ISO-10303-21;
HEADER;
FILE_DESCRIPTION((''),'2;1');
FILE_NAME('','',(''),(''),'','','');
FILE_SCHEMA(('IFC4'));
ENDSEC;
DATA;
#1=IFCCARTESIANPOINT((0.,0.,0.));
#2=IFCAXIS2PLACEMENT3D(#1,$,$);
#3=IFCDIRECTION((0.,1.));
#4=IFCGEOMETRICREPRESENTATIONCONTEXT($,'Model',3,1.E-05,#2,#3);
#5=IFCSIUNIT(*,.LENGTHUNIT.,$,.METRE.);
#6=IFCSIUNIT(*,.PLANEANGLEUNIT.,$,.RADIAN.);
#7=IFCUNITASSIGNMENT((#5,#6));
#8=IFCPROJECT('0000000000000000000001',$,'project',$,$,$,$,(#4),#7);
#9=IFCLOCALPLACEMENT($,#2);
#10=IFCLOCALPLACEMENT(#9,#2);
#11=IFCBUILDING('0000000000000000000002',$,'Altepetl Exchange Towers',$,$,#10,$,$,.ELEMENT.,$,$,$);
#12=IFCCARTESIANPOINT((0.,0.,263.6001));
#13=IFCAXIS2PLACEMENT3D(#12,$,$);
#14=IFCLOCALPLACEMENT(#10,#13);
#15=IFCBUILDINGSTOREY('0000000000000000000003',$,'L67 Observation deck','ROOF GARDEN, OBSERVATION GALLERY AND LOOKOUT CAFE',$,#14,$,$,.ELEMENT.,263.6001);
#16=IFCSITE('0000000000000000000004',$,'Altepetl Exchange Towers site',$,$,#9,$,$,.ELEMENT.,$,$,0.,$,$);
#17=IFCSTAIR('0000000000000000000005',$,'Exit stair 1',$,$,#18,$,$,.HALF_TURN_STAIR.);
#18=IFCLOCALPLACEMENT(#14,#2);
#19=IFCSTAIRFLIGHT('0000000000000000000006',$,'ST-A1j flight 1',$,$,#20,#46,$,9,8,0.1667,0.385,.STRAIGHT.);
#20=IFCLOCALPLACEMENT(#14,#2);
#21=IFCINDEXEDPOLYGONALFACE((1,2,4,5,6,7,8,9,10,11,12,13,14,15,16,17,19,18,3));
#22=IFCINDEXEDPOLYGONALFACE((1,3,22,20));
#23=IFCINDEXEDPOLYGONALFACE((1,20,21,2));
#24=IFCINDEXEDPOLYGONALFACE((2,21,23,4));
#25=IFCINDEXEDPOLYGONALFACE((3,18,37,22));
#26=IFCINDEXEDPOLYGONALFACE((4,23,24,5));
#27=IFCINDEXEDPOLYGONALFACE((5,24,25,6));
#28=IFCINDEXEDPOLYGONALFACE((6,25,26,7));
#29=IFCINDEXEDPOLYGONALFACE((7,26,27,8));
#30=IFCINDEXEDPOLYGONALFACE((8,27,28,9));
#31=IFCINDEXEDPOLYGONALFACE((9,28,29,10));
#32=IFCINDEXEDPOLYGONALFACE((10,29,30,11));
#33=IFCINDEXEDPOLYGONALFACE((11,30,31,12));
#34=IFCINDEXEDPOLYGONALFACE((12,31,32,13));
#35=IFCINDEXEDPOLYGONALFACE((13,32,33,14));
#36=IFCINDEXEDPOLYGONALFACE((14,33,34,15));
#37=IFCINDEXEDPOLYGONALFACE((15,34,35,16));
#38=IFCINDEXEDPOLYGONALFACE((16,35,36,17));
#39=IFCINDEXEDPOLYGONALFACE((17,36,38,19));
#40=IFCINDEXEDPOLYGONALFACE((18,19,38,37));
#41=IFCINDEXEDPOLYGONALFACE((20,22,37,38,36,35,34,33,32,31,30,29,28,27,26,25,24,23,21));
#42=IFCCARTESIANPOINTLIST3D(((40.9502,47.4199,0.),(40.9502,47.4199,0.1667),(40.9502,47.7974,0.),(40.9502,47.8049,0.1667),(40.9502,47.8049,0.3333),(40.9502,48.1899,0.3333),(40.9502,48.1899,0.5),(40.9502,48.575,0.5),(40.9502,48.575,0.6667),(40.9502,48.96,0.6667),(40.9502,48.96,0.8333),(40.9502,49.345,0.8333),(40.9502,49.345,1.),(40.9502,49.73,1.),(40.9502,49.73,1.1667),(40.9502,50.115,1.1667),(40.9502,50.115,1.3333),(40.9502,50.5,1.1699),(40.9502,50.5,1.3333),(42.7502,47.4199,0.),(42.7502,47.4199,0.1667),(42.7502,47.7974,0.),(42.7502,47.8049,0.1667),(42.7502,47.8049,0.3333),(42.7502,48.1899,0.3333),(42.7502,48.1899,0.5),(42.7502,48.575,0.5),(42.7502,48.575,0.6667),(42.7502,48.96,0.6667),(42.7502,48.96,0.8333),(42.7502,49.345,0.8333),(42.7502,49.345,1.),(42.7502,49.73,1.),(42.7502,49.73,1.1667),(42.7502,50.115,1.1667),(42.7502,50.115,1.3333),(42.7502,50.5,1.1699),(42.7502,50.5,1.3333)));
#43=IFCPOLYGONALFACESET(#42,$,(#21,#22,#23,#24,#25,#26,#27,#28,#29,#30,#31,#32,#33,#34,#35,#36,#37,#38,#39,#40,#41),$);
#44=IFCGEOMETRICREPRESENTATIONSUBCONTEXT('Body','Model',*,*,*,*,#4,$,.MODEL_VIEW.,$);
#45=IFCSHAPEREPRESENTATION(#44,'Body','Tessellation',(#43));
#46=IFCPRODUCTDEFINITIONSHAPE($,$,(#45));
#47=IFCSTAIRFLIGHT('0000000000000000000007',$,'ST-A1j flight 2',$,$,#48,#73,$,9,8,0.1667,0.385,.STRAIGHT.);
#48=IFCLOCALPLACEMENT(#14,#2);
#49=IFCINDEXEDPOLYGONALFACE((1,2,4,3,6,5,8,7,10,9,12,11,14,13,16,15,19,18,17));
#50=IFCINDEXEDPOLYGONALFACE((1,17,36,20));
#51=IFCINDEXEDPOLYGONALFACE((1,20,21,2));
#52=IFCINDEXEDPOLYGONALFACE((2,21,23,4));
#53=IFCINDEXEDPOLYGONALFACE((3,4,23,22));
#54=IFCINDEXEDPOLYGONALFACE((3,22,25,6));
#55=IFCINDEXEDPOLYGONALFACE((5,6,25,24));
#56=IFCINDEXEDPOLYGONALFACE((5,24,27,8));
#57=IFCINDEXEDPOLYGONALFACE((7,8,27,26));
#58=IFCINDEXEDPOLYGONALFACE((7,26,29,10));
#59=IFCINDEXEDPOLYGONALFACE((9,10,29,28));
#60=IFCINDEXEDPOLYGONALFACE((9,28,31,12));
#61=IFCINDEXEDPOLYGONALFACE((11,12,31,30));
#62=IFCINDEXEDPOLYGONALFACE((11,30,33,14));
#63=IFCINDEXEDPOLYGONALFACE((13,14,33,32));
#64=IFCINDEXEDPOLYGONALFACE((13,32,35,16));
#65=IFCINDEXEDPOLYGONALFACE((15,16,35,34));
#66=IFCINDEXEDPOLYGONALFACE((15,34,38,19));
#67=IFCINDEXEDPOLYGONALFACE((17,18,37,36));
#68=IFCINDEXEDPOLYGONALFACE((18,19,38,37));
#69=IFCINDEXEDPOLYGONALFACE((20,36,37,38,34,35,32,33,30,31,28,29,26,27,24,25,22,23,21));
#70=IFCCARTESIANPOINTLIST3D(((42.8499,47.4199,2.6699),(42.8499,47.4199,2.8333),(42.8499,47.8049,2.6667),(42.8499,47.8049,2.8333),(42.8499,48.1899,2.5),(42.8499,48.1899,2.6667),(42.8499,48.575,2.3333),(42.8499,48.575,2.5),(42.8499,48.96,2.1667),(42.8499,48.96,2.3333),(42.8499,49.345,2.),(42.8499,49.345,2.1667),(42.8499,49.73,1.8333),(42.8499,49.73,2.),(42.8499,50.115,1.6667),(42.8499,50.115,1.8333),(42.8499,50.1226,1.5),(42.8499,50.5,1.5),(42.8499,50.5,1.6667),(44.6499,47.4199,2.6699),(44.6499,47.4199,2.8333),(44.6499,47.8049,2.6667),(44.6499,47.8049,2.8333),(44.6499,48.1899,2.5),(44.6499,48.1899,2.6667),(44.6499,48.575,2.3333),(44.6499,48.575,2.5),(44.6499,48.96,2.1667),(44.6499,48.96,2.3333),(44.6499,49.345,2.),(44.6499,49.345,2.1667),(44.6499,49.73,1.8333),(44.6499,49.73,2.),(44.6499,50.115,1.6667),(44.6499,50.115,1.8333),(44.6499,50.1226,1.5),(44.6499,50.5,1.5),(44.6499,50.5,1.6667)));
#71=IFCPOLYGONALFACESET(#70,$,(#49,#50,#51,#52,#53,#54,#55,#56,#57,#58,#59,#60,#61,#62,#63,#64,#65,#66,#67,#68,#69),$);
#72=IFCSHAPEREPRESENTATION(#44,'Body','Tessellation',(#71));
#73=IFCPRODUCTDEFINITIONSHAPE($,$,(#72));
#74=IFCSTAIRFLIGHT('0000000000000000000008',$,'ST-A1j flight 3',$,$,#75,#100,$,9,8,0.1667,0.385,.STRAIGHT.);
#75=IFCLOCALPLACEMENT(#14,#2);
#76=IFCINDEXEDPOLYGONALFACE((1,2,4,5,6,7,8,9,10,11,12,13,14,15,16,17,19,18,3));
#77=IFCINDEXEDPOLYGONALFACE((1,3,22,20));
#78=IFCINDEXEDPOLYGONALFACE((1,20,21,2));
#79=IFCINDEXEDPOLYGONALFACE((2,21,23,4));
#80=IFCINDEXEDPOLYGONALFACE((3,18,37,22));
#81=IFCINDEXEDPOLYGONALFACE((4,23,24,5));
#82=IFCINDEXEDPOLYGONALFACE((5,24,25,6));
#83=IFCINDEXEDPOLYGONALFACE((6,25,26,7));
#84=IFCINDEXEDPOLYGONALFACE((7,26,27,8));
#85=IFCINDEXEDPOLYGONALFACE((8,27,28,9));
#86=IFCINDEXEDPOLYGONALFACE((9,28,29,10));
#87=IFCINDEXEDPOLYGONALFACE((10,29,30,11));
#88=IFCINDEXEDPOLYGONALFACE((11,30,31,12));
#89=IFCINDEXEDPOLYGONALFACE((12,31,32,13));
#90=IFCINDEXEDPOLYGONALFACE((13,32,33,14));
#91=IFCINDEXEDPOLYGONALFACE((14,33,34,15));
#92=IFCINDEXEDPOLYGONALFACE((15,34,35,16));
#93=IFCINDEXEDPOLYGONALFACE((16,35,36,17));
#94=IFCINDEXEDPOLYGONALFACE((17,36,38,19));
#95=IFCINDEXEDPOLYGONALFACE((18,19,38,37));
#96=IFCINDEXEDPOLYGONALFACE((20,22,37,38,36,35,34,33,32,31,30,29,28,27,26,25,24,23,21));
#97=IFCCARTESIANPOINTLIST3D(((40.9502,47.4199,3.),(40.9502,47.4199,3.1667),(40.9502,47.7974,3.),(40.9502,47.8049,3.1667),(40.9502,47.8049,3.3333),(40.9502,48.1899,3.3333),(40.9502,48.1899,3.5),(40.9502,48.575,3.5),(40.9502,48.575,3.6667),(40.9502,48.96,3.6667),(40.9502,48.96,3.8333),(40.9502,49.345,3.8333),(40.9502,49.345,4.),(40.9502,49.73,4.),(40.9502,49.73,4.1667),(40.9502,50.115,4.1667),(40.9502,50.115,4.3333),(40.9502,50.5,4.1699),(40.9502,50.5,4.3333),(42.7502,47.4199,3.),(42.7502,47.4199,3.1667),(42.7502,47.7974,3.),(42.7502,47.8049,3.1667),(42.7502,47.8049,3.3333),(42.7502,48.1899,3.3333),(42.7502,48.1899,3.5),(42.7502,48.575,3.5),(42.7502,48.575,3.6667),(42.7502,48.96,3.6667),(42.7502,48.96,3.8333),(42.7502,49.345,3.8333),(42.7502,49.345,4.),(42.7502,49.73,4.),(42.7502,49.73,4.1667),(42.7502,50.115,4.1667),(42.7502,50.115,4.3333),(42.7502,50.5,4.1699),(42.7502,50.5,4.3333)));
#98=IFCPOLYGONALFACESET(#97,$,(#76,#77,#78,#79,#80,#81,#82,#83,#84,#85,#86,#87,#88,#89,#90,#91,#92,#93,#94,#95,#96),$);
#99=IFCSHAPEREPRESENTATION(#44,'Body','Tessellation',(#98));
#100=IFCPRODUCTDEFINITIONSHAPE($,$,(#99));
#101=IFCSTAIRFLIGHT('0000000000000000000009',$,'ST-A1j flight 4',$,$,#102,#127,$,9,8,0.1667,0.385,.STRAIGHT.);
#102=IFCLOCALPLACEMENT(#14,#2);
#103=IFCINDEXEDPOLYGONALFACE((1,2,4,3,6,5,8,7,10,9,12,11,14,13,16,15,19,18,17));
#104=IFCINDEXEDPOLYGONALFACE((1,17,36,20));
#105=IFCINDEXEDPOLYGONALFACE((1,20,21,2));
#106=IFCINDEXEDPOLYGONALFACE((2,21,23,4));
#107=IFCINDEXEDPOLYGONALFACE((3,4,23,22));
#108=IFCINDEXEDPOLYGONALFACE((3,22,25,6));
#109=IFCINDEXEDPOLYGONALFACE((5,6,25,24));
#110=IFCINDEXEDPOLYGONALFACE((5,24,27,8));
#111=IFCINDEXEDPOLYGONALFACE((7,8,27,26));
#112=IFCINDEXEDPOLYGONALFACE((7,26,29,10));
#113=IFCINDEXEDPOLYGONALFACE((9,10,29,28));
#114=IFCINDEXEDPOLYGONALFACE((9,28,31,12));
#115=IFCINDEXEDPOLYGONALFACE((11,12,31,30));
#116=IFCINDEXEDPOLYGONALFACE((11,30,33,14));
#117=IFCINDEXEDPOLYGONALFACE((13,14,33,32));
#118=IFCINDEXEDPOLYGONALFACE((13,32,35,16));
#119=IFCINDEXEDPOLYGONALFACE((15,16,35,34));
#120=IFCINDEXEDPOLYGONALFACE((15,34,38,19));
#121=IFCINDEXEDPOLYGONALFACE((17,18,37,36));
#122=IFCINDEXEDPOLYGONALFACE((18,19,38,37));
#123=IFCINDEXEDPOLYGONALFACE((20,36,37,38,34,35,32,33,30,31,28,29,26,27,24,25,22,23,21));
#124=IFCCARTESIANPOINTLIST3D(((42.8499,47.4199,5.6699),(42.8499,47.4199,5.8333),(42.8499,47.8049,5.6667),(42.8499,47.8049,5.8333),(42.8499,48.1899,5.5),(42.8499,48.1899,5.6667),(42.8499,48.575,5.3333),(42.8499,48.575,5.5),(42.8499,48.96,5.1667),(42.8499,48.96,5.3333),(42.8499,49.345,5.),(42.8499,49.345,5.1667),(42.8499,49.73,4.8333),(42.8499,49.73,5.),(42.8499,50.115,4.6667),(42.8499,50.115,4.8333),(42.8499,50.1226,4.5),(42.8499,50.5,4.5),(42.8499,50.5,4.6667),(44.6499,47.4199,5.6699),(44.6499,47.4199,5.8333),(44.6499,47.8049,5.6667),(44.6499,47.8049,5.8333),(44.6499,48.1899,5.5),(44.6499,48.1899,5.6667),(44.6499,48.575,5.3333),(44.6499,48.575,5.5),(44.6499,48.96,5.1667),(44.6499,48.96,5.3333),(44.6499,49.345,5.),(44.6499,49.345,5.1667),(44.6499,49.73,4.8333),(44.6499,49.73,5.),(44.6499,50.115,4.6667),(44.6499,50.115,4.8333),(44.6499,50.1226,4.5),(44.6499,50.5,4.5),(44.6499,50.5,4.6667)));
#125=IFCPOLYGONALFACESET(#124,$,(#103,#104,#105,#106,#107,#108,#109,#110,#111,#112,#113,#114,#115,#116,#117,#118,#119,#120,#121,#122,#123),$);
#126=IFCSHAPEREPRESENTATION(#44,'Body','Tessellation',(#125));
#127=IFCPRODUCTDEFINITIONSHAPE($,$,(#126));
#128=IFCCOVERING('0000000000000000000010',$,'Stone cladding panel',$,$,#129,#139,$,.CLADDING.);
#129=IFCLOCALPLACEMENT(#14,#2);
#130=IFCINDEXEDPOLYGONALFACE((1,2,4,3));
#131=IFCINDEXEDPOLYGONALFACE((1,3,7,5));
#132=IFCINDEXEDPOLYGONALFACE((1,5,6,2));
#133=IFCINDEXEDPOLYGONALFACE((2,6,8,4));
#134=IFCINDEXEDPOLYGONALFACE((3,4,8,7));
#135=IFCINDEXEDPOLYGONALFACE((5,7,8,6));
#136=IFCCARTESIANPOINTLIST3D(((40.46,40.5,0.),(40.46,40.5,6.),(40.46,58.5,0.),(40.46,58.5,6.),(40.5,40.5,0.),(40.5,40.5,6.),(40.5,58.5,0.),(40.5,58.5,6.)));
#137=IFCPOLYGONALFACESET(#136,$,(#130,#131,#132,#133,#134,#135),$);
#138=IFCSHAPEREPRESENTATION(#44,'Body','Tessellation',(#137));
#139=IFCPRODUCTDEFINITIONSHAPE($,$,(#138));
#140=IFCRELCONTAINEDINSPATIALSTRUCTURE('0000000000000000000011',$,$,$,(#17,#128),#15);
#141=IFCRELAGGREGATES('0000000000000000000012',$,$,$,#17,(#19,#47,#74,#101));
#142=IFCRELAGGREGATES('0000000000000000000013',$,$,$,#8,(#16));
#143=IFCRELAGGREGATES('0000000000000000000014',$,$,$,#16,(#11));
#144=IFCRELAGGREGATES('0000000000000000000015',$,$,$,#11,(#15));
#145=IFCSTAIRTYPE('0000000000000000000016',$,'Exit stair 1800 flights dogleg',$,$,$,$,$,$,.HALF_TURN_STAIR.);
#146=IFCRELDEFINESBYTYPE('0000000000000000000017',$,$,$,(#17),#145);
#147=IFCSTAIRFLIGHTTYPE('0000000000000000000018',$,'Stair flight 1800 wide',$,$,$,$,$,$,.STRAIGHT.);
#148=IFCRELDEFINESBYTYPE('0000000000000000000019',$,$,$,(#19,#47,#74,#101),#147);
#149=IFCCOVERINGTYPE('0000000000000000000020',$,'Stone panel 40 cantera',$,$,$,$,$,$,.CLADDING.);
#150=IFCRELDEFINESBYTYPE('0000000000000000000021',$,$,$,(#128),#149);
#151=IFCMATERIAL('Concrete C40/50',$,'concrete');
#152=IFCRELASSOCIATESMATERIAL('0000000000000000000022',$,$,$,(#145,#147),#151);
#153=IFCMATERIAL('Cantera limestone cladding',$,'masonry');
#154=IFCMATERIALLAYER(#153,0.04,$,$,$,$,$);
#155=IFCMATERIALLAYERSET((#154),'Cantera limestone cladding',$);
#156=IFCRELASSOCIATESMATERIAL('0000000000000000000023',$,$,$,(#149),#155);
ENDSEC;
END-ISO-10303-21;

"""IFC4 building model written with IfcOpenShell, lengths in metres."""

from ifc_helpers import new_model, si_unit, direction, frame, origin, origin_2d, place, context, subcontext, project, spatial, polyline, rectangle, outline, extrude, material, layer, layer_set, type_object, element, aggregate, save


model = new_model("IFC4")

# Units and contexts
model_context = context("Model", 3, precision=1e-05, world=origin(), true_north=direction((0.0, 1.0)))
body_context = subcontext(model_context, "Body", "Model", "MODEL_VIEW")
ifc_project = project(units=[si_unit("LENGTHUNIT", "METRE"), si_unit("PLANEANGLEUNIT", "RADIAN")], contexts=[model_context])

# Site, building, storey
site_placement = place(None, origin())
site = spatial("IfcSite", under=ifc_project, at=site_placement, Name="Altepetl Exchange Towers site", CompositionType="ELEMENT", RefElevation=0.0)
building_placement = place(site_placement, origin())
building = spatial("IfcBuilding", under=site, at=building_placement, Name="Altepetl Exchange Towers", CompositionType="ELEMENT")
storey_placement = place(building_placement, frame((0.0, 0.0, 263.6001)))
storey = spatial("IfcBuildingStorey", under=building, at=storey_placement, Name="L67 Observation deck", Description="ROOF GARDEN, OBSERVATION GALLERY AND LOOKOUT CAFE", CompositionType="ELEMENT", Elevation=263.6001)

# Shared definitions
ifc_material_1 = material(Name="Concrete C40/50", Category="concrete")

# Stair, stair flights
stair_type = type_object("IfcStairType", Name="Exit stair 1800 flights dogleg", PredefinedType="HALF_TURN_STAIR", material=ifc_material_1)
stair_placement = place(storey_placement, origin())
stair = element("IfcStair", 1, at=stair_placement, inside=storey, type_object=stair_type, Name="Exit stair 1", PredefinedType="HALF_TURN_STAIR")
stair_flight_type = type_object("IfcStairFlightType", Name="Stair flight 1800 wide", PredefinedType="STRAIGHT", material=ifc_material_1)
stair_flight_1_placement = place(storey_placement, frame((41.8501, 47.4199, 0.0), z_axis=(0.0, 0.0, 1.0), x_axis=(0.0, 1.0, 0.0)))
stair_flight_1 = element("IfcStairFlight", 2, at=stair_flight_1_placement, type_object=stair_flight_type, Name="ST-A1j flight 1", NumberOfRisers=9, NumberOfTreads=8, PredefinedType="STRAIGHT", RiserHeight=0.1667, TreadLength=0.385, context=body_context, shape_type="SweptSolid", body=[
    extrude(outline(polyline([(0.0, 0.0), (0.0, 0.1667), (0.385, 0.1667), (0.385, 0.3333), (0.77, 0.3333), (0.77, 0.5), (1.155, 0.5), (1.155, 0.6667), (1.54, 0.6667), (1.54, 0.8333), (1.925, 0.8333), (1.925, 1.0), (2.3101, 1.0), (2.3101, 1.1667), (2.6951, 1.1667), (2.6951, 1.3333), (3.0801, 1.3333), (3.0801, 1.5), (3.0801, 1.1699), (0.3774, 0.0), (0.0, 0.0)])), frame((0.0, 0.8999, 0.0), z_axis=(0.0, -1.0, 0.0), x_axis=(1.0, 0.0, 0.0)), (0.0, 0.0, 1.0), 1.8),
])
stair_flight_2_placement = place(storey_placement, frame((43.75, 50.5, 1.5), z_axis=(0.0, 0.0, 1.0), x_axis=(0.0, -1.0, 0.0)))
stair_flight_2 = element("IfcStairFlight", 3, at=stair_flight_2_placement, type_object=stair_flight_type, Name="ST-A1j flight 2", NumberOfRisers=9, NumberOfTreads=8, PredefinedType="STRAIGHT", RiserHeight=0.1667, TreadLength=0.385, context=body_context, shape_type="SweptSolid", body=[
    extrude(outline(polyline([(0.0, 0.0), (0.0, 0.1667), (0.385, 0.1667), (0.385, 0.3333), (0.77, 0.3333), (0.77, 0.5), (1.155, 0.5), (1.155, 0.6667), (1.54, 0.6667), (1.54, 0.8333), (1.925, 0.8333), (1.925, 1.0), (2.3101, 1.0), (2.3101, 1.1667), (2.6951, 1.1667), (2.6951, 1.3333), (3.0801, 1.3333), (3.0801, 1.5), (3.0801, 1.1699), (0.3774, 0.0), (0.0, 0.0)])), frame((0.0, 0.8999, 0.0), z_axis=(0.0, -1.0, 0.0), x_axis=(1.0, 0.0, 0.0)), (0.0, 0.0, 1.0), 1.8),
])
stair_flight_3_placement = place(storey_placement, frame((41.8501, 47.4199, 3.0), z_axis=(0.0, 0.0, 1.0), x_axis=(0.0, 1.0, 0.0)))
stair_flight_3 = element("IfcStairFlight", 4, at=stair_flight_3_placement, type_object=stair_flight_type, Name="ST-A1j flight 3", NumberOfRisers=9, NumberOfTreads=8, PredefinedType="STRAIGHT", RiserHeight=0.1667, TreadLength=0.385, context=body_context, shape_type="SweptSolid", body=[
    extrude(outline(polyline([(0.0, 0.0), (0.0, 0.1667), (0.385, 0.1667), (0.385, 0.3333), (0.77, 0.3333), (0.77, 0.5), (1.155, 0.5), (1.155, 0.6667), (1.54, 0.6667), (1.54, 0.8333), (1.925, 0.8333), (1.925, 1.0), (2.3101, 1.0), (2.3101, 1.1667), (2.6951, 1.1667), (2.6951, 1.3333), (3.0801, 1.3333), (3.0801, 1.5), (3.0801, 1.1699), (0.3774, 0.0), (0.0, 0.0)])), frame((0.0, 0.8999, 0.0), z_axis=(0.0, -1.0, 0.0), x_axis=(1.0, 0.0, 0.0)), (0.0, 0.0, 1.0), 1.8),
])
stair_flight_4_placement = place(storey_placement, frame((43.75, 50.5, 4.5), z_axis=(0.0, 0.0, 1.0), x_axis=(0.0, -1.0, 0.0)))
stair_flight_4 = element("IfcStairFlight", 5, at=stair_flight_4_placement, type_object=stair_flight_type, Name="ST-A1j flight 4", NumberOfRisers=9, NumberOfTreads=8, PredefinedType="STRAIGHT", RiserHeight=0.1667, TreadLength=0.385, context=body_context, shape_type="SweptSolid", body=[
    extrude(outline(polyline([(0.0, 0.0), (0.0, 0.1667), (0.385, 0.1667), (0.385, 0.3333), (0.77, 0.3333), (0.77, 0.5), (1.155, 0.5), (1.155, 0.6667), (1.54, 0.6667), (1.54, 0.8333), (1.925, 0.8333), (1.925, 1.0), (2.3101, 1.0), (2.3101, 1.1667), (2.6951, 1.1667), (2.6951, 1.3333), (3.0801, 1.3333), (3.0801, 1.5), (3.0801, 1.1699), (0.3774, 0.0), (0.0, 0.0)])), frame((0.0, 0.8999, 0.0), z_axis=(0.0, -1.0, 0.0), x_axis=(1.0, 0.0, 0.0)), (0.0, 0.0, 1.0), 1.8),
])
aggregate(stair, [stair_flight_1, stair_flight_2, stair_flight_3, stair_flight_4])

# Covering
ifc_material_2 = material(Name="Cantera limestone cladding", Category="masonry")
ifc_layer_1 = layer(ifc_material_2, 0.04)
ifc_layer_set_1 = layer_set([ifc_layer_1], Name="Cantera limestone cladding")
covering_type = type_object("IfcCoveringType", Name="Stone panel 40 cantera", PredefinedType="CLADDING", material=ifc_layer_set_1)
covering_placement = place(storey_placement, frame((40.48, 49.5, 0.0), z_axis=(0.0, 0.0, 1.0), x_axis=(0.0, -1.0, 0.0)))
element("IfcCovering", 6, at=covering_placement, inside=storey, type_object=covering_type, Name="Stone cladding panel", PredefinedType="CLADDING", context=body_context, shape_type="SweptSolid", body=[
    extrude(rectangle(XDim=18.0, YDim=0.04, at=origin_2d()), origin(), (0.0, 0.0, 1.0), 6.0),
])

save(model, "model.ifc")
